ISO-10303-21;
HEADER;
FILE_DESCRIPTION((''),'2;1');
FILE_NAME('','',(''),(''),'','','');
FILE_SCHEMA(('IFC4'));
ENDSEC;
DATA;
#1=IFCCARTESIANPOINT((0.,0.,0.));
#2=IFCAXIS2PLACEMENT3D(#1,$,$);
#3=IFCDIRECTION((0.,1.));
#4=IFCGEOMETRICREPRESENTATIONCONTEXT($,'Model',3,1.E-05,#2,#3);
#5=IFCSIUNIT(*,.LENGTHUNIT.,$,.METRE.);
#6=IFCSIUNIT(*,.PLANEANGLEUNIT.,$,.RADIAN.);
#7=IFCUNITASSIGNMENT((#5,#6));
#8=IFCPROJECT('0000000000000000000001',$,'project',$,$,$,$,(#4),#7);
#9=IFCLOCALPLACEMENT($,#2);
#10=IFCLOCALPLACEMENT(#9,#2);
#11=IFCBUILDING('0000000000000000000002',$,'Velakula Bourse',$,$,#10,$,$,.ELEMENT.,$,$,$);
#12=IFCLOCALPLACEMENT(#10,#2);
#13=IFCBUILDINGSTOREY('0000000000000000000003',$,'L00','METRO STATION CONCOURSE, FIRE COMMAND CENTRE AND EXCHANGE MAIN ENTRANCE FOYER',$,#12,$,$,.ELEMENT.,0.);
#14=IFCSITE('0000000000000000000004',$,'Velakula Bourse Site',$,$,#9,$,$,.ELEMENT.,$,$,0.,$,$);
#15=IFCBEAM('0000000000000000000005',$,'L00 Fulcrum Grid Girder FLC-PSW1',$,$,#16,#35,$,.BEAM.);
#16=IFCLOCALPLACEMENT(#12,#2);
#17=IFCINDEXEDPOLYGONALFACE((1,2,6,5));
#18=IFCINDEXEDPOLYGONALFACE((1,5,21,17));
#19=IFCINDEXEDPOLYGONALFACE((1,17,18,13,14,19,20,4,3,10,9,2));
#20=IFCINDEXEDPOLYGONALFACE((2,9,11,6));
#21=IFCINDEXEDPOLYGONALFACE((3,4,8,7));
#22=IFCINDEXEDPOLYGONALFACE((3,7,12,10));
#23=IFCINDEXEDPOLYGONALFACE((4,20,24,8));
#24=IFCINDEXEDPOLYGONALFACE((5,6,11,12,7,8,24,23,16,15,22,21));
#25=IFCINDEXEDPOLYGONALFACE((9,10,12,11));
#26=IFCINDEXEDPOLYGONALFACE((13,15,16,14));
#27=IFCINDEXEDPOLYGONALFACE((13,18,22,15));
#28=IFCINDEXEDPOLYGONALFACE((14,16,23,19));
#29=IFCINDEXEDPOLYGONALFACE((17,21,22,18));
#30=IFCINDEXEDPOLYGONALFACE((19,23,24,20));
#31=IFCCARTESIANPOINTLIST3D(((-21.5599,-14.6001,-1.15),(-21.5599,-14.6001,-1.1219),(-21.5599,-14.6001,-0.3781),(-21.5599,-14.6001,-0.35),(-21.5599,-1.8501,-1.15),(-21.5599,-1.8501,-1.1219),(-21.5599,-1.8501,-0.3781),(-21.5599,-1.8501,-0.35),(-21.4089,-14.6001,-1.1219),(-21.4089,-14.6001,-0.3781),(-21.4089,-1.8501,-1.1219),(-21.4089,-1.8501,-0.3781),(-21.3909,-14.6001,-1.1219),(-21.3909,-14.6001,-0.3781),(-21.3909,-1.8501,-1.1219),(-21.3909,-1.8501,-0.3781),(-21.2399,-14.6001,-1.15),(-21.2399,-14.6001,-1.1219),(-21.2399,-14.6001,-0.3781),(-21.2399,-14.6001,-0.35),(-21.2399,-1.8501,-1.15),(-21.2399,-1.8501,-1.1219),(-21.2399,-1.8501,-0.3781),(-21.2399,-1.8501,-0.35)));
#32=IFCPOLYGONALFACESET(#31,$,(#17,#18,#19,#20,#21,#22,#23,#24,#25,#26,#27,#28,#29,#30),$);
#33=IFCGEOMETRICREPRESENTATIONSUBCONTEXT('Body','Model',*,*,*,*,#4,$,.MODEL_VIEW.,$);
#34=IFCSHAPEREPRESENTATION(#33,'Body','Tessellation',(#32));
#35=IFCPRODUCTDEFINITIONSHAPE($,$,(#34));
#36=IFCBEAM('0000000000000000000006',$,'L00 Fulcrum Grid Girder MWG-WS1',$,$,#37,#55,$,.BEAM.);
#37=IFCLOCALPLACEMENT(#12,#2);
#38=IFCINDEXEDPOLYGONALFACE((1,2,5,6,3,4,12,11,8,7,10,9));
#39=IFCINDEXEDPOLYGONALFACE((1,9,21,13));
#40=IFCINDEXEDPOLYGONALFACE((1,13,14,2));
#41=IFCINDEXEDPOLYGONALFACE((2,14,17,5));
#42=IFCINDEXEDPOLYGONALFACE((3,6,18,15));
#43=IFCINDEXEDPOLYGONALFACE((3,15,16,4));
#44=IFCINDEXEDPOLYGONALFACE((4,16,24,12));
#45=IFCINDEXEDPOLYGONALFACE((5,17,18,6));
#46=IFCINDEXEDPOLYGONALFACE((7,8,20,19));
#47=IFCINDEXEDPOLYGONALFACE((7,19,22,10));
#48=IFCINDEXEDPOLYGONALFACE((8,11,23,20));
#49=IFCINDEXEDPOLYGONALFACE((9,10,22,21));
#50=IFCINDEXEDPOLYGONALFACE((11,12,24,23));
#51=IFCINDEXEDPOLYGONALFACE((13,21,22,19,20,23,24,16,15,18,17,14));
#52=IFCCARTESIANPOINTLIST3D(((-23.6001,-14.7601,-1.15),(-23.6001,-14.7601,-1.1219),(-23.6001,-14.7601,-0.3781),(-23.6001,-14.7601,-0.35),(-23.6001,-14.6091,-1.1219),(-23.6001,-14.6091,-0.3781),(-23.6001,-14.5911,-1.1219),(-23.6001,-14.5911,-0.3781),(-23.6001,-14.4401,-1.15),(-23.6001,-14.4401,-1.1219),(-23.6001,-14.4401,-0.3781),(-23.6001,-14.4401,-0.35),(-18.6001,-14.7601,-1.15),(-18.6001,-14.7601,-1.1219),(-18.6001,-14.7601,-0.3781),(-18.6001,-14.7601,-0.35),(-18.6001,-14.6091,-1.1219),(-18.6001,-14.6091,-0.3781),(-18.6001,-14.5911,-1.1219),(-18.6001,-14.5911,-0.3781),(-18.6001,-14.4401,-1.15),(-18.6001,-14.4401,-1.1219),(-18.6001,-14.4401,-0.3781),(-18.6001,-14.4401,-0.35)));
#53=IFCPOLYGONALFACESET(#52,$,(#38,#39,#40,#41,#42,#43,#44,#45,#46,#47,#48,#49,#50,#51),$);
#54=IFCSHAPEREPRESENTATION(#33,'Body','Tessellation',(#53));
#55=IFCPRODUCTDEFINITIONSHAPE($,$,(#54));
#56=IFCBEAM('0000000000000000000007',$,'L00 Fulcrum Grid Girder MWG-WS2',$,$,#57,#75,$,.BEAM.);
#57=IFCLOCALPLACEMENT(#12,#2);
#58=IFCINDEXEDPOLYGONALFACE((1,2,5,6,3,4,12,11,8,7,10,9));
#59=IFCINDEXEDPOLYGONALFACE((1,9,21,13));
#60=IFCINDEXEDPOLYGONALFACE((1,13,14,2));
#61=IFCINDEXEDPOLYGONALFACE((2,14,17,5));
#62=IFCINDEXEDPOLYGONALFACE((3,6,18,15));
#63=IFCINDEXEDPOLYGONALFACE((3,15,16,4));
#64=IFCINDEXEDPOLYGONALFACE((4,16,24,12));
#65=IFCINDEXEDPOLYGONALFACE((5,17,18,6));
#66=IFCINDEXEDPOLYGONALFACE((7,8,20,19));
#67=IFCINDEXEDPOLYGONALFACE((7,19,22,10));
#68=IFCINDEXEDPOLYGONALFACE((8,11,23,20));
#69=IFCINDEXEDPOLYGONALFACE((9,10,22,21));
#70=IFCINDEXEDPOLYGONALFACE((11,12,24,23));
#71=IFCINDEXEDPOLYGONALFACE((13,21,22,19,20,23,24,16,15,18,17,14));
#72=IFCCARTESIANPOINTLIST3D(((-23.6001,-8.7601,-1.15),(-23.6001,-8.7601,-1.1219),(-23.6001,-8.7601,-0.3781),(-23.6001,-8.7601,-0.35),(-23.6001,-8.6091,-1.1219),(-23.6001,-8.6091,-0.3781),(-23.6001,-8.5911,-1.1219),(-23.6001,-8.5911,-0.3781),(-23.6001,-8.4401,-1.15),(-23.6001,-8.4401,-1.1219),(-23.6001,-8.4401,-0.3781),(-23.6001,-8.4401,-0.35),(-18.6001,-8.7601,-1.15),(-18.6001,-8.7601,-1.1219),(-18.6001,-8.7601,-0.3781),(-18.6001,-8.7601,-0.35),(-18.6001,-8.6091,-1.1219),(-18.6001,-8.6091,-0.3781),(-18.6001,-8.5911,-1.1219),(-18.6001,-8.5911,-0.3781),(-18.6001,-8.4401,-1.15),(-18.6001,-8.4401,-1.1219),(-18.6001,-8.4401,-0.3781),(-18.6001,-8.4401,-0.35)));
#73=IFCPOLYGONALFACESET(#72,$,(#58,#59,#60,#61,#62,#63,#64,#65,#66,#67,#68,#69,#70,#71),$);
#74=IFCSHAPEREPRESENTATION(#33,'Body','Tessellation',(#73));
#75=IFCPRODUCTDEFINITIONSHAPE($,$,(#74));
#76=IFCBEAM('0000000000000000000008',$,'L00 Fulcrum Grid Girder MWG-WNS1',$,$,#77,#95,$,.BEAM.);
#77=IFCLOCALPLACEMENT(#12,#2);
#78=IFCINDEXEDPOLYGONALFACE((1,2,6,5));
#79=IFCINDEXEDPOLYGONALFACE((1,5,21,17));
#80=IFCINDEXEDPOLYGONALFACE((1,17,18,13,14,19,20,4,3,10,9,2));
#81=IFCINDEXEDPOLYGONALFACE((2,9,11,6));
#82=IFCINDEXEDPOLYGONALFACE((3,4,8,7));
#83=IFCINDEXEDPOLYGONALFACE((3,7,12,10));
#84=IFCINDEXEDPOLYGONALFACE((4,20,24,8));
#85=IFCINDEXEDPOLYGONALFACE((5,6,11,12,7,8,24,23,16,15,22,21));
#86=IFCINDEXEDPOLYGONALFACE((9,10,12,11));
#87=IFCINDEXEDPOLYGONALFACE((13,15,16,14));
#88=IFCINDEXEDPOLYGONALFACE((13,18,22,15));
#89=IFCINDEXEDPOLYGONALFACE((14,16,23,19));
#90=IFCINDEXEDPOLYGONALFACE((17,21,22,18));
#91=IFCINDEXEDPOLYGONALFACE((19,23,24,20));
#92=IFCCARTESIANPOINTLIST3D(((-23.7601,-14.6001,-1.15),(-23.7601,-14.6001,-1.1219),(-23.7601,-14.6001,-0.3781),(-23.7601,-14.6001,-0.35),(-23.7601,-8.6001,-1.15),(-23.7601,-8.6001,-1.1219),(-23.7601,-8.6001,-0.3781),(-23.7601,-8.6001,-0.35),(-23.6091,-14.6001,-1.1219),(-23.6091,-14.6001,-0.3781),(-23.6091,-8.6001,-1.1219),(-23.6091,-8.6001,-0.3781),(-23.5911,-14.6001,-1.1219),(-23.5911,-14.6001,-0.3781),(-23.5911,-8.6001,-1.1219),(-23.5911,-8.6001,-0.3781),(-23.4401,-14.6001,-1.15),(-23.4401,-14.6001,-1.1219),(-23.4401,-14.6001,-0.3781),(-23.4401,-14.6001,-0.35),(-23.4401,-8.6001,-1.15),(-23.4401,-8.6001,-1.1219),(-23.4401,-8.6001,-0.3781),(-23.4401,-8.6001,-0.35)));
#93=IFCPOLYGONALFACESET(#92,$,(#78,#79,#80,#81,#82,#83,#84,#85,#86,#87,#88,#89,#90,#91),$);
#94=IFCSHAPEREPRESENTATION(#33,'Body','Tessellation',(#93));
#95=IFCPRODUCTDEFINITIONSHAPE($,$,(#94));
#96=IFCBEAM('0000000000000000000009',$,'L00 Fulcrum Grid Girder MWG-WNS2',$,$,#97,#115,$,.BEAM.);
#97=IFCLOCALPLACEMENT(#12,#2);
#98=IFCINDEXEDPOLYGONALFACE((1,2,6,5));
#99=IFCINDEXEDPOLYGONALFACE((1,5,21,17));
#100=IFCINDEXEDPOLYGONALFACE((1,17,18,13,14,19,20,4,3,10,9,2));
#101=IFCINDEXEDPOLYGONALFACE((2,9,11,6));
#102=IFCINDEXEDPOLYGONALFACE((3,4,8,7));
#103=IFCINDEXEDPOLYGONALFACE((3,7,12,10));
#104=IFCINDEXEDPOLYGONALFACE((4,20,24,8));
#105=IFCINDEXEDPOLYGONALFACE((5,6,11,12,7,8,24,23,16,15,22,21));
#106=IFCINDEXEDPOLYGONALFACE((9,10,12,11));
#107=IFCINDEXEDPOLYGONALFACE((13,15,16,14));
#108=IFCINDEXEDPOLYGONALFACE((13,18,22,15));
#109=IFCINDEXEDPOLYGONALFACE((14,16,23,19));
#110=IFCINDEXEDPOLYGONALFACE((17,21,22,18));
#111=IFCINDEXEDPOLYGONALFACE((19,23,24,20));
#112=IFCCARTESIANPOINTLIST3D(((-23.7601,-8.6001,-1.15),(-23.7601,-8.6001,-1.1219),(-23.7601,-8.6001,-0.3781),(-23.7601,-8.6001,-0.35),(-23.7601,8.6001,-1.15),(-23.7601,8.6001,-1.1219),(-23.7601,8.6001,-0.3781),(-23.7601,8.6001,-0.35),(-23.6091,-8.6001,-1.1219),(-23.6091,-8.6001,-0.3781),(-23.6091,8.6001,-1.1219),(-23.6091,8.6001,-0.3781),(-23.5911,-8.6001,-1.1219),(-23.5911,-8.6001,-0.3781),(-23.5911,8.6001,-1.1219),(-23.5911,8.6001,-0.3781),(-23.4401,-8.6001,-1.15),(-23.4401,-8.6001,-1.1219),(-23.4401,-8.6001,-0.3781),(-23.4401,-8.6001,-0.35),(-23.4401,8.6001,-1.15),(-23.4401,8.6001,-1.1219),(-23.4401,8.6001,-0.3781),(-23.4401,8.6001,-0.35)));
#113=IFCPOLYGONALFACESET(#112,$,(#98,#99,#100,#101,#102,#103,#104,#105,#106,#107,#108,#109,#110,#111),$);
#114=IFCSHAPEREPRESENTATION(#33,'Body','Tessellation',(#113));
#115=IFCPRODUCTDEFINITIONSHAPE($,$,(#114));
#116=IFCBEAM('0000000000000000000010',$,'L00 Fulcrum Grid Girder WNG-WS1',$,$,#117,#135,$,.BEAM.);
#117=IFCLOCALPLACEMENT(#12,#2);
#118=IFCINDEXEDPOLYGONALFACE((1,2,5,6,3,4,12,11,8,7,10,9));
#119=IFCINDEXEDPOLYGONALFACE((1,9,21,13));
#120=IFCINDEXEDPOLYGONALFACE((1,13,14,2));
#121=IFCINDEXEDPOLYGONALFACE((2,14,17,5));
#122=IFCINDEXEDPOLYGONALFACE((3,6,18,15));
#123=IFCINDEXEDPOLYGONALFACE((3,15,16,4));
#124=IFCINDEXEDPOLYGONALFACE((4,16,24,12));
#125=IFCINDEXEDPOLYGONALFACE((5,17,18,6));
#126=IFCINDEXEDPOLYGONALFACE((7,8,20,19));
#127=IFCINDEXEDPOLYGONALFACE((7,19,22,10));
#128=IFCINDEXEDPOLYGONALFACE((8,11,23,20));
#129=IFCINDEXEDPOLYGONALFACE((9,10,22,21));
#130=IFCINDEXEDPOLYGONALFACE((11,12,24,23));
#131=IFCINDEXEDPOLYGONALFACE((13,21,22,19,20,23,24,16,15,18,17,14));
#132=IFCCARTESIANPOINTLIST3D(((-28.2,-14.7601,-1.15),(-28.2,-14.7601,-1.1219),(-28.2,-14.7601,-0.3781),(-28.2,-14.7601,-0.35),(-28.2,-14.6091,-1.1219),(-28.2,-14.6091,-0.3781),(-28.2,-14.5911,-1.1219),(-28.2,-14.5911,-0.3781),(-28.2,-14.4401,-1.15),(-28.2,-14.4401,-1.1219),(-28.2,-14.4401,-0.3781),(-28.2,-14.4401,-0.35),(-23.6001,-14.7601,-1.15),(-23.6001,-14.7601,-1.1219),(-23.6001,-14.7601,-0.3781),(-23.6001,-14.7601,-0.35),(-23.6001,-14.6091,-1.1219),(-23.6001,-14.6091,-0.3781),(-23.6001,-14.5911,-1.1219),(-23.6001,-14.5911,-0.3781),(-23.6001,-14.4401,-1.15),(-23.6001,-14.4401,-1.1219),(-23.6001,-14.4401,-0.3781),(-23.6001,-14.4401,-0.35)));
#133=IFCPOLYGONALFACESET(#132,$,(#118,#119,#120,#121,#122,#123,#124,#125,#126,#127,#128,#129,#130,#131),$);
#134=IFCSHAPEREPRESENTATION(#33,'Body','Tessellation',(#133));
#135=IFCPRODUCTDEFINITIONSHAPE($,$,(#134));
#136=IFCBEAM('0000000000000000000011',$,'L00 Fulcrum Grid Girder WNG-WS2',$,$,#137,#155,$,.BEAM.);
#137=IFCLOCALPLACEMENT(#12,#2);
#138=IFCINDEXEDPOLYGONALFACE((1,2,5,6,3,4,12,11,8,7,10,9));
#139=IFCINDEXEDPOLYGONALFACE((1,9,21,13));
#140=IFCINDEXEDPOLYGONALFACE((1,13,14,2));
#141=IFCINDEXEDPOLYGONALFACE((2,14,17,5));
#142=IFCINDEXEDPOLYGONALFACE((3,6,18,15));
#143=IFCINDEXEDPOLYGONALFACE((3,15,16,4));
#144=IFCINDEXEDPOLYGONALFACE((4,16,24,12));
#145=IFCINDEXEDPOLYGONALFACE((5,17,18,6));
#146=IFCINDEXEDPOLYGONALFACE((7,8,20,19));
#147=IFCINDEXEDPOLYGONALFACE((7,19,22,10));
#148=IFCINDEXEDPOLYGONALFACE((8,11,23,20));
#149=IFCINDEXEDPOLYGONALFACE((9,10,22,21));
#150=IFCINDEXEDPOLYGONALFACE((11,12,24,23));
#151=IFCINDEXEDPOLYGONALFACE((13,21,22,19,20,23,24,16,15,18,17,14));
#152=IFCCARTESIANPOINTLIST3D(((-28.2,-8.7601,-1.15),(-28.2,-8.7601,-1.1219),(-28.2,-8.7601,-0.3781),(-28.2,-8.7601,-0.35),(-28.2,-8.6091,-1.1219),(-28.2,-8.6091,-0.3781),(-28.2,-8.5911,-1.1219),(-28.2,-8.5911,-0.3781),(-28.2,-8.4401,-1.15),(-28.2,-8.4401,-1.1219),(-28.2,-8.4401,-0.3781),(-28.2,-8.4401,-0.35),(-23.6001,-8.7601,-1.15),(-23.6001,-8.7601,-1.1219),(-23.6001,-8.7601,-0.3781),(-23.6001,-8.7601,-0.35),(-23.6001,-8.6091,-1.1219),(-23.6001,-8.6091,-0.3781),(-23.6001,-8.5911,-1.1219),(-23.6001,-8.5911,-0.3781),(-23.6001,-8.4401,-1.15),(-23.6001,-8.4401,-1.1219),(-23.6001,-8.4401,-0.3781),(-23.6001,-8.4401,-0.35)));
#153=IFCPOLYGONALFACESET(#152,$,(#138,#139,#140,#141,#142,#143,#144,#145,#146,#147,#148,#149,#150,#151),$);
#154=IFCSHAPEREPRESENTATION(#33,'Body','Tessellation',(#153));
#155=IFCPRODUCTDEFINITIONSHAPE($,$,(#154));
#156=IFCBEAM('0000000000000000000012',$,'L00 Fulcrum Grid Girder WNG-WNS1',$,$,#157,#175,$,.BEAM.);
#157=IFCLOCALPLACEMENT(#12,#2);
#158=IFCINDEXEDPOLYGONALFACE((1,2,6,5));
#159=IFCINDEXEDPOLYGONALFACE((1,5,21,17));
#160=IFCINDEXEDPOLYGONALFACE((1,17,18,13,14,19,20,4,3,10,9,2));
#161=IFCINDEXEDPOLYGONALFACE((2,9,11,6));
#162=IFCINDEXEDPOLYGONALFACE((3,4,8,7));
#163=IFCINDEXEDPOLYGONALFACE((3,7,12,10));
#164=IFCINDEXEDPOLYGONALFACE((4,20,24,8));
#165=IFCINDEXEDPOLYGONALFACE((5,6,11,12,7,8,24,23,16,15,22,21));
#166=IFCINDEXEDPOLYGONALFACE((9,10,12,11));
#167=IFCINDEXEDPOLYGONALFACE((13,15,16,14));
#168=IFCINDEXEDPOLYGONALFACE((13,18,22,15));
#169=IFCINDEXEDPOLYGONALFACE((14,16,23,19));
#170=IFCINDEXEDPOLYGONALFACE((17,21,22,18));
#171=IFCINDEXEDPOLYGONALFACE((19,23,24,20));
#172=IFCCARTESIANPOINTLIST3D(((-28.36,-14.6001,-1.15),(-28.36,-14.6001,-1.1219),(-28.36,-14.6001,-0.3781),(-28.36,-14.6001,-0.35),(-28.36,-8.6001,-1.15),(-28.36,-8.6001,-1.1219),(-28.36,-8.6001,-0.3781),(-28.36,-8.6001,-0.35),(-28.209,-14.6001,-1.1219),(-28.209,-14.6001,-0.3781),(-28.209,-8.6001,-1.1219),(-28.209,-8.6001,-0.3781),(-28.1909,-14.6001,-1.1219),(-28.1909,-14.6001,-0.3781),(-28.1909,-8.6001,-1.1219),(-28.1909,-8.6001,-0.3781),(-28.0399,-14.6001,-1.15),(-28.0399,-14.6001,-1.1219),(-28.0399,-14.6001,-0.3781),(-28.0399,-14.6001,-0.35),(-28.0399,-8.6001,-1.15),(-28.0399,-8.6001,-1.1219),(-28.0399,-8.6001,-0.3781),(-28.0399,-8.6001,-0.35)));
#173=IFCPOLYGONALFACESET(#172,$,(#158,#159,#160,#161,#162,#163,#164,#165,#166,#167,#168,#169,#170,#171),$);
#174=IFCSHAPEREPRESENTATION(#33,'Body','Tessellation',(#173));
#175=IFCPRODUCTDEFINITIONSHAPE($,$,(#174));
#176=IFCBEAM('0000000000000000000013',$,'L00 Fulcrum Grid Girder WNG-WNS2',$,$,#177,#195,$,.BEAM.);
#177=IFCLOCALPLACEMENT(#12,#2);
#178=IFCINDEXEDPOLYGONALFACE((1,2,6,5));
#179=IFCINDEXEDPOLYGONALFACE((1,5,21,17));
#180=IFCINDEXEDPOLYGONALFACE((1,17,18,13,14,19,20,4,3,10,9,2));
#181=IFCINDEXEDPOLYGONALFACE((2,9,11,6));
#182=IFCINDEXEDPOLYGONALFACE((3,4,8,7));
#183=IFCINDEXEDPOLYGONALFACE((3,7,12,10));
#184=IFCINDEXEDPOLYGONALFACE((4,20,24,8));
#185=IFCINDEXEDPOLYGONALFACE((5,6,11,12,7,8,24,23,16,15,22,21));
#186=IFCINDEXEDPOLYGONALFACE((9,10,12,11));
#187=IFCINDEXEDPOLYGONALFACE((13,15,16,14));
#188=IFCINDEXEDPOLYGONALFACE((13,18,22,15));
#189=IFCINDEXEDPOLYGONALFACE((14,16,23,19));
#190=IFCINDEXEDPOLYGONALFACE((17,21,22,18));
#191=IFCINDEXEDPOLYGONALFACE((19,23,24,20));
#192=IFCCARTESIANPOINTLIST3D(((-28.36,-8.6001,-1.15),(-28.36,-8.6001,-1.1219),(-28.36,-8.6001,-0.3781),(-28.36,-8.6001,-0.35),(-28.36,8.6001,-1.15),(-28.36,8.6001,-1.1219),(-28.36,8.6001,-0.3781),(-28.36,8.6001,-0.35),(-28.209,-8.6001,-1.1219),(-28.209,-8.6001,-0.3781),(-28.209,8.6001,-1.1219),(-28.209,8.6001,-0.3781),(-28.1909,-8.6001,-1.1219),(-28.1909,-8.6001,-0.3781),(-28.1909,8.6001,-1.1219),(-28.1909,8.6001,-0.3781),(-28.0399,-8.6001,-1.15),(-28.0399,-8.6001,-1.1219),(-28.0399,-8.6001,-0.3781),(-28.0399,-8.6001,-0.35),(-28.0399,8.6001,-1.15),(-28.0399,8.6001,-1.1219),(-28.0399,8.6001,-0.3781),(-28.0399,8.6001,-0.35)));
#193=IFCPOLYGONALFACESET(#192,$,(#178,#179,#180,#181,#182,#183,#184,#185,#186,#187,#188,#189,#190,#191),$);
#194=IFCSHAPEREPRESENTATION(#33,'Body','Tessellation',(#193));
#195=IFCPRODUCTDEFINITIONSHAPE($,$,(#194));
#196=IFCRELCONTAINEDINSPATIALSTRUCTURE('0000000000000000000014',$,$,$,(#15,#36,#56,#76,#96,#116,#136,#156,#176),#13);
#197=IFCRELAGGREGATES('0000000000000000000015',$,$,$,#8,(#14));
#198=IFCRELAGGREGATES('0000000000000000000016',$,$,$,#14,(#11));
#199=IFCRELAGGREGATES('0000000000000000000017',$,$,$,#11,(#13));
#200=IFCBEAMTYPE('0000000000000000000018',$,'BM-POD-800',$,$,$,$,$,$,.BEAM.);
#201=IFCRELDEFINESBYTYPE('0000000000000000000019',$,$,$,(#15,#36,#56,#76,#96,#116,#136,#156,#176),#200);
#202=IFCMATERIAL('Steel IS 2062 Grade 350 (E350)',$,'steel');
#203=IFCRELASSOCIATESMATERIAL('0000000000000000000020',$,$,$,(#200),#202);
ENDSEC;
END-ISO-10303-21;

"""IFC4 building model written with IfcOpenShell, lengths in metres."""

from ifc_helpers import new_model, si_unit, direction, frame, origin, origin_2d, place, context, subcontext, project, spatial, i_section, extrude, material, material_profile, profile_set, type_object, element, save


model = new_model("IFC4")

# Units and contexts
model_context = context("Model", 3, precision=1e-05, world=origin(), true_north=direction((0.0, 1.0)))
body_context = subcontext(model_context, "Body", "Model", "MODEL_VIEW")
ifc_project = project(units=[si_unit("LENGTHUNIT", "METRE"), si_unit("PLANEANGLEUNIT", "RADIAN")], contexts=[model_context])

# Site, building, storey
site_placement = place(None, origin())
site = spatial("IfcSite", under=ifc_project, at=site_placement, Name="Velakula Bourse Site", CompositionType="ELEMENT", RefElevation=0.0)
building_placement = place(site_placement, origin())
building = spatial("IfcBuilding", under=site, at=building_placement, Name="Velakula Bourse", CompositionType="ELEMENT")
storey_placement = place(building_placement, origin())
storey = spatial("IfcBuildingStorey", under=building, at=storey_placement, Name="L00", Description="METRO STATION CONCOURSE, FIRE COMMAND CENTRE AND EXCHANGE MAIN ENTRANCE FOYER", CompositionType="ELEMENT", Elevation=0.0)

# Beams
ifc_material_1 = material(Name="Steel IS 2062 Grade 350 (E350)", Category="steel")
ifc_material_profile_1 = material_profile(ifc_material_1, i_section(OverallWidth=0.3201, OverallDepth=0.8, WebThickness=0.0181, FlangeThickness=0.0281, at=origin_2d()), Name="Steel IS 2062 Grade 350 (E350)")
ifc_profile_set_1 = profile_set([ifc_material_profile_1], Name="Steel IS 2062 Grade 350 (E350)")
beam_type_1 = type_object("IfcBeamType", Name="BM-POD-800", PredefinedType="BEAM", material=ifc_profile_set_1)
beam_1_placement = place(storey_placement, frame((-21.3999, -14.6001, -0.75), z_axis=(0.0, 1.0, 0.0), x_axis=(-1.0, 0.0, 0.0)))
element("IfcBeam", 1, at=beam_1_placement, inside=storey, type_object=beam_type_1, Name="L00 Fulcrum Grid Girder FLC-PSW1", PredefinedType="BEAM", context=body_context, shape_type="SweptSolid", body=[
    extrude(i_section(OverallWidth=0.3201, OverallDepth=0.8, WebThickness=0.0181, FlangeThickness=0.0281, at=origin_2d()), origin(), (0.0, 0.0, 1.0), 12.75),
])
for number, where, z_axis, x_axis, name in (
    (2, (-23.6001, -14.6001, -0.75), (1.0, 0.0, 0.0), (0.0, 1.0, 0.0), "L00 Fulcrum Grid Girder MWG-WS1"),
    (3, (-23.6001, -8.6001, -0.75), (1.0, 0.0, 0.0), (0.0, 1.0, 0.0), "L00 Fulcrum Grid Girder MWG-WS2"),
):
    element("IfcBeam", number, at=place(storey_placement, frame(where, z_axis=z_axis, x_axis=x_axis)), inside=storey, type_object=beam_type_1, Name=name, PredefinedType="BEAM", context=body_context, shape_type="SweptSolid", body=[
        extrude(i_section(OverallWidth=0.3201, OverallDepth=0.8, WebThickness=0.0181, FlangeThickness=0.0281, at=origin_2d()), origin(), (0.0, 0.0, 1.0), 5.0),
    ])
beam_2_placement = place(storey_placement, frame((-23.6001, -14.6001, -0.75), z_axis=(0.0, 1.0, 0.0), x_axis=(-1.0, 0.0, 0.0)))
element("IfcBeam", 4, at=beam_2_placement, inside=storey, type_object=beam_type_1, Name="L00 Fulcrum Grid Girder MWG-WNS1", PredefinedType="BEAM", context=body_context, shape_type="SweptSolid", body=[
    extrude(i_section(OverallWidth=0.3201, OverallDepth=0.8, WebThickness=0.0181, FlangeThickness=0.0281, at=origin_2d()), origin(), (0.0, 0.0, 1.0), 6.0),
])
beam_3_placement = place(storey_placement, frame((-23.6001, -8.6001, -0.75), z_axis=(0.0, 1.0, 0.0), x_axis=(-1.0, 0.0, 0.0)))
element("IfcBeam", 5, at=beam_3_placement, inside=storey, type_object=beam_type_1, Name="L00 Fulcrum Grid Girder MWG-WNS2", PredefinedType="BEAM", context=body_context, shape_type="SweptSolid", body=[
    extrude(i_section(OverallWidth=0.3201, OverallDepth=0.8, WebThickness=0.0181, FlangeThickness=0.0281, at=origin_2d()), origin(), (0.0, 0.0, 1.0), 17.2002),
])
for number, where, z_axis, x_axis, name in (
    (6, (-28.2, -14.6001, -0.75), (1.0, 0.0, 0.0), (0.0, 1.0, 0.0), "L00 Fulcrum Grid Girder WNG-WS1"),
    (7, (-28.2, -8.6001, -0.75), (1.0, 0.0, 0.0), (0.0, 1.0, 0.0), "L00 Fulcrum Grid Girder WNG-WS2"),
):
    element("IfcBeam", number, at=place(storey_placement, frame(where, z_axis=z_axis, x_axis=x_axis)), inside=storey, type_object=beam_type_1, Name=name, PredefinedType="BEAM", context=body_context, shape_type="SweptSolid", body=[
        extrude(i_section(OverallWidth=0.3201, OverallDepth=0.8, WebThickness=0.0181, FlangeThickness=0.0281, at=origin_2d()), origin(), (0.0, 0.0, 1.0), 4.5999),
    ])
beam_4_placement = place(storey_placement, frame((-28.2, -14.6001, -0.75), z_axis=(0.0, 1.0, 0.0), x_axis=(-1.0, 0.0, 0.0)))
element("IfcBeam", 8, at=beam_4_placement, inside=storey, type_object=beam_type_1, Name="L00 Fulcrum Grid Girder WNG-WNS1", PredefinedType="BEAM", context=body_context, shape_type="SweptSolid", body=[
    extrude(i_section(OverallWidth=0.3201, OverallDepth=0.8, WebThickness=0.0181, FlangeThickness=0.0281, at=origin_2d()), origin(), (0.0, 0.0, 1.0), 6.0),
])
beam_5_placement = place(storey_placement, frame((-28.2, -8.6001, -0.75), z_axis=(0.0, 1.0, 0.0), x_axis=(-1.0, 0.0, 0.0)))
element("IfcBeam", 9, at=beam_5_placement, inside=storey, type_object=beam_type_1, Name="L00 Fulcrum Grid Girder WNG-WNS2", PredefinedType="BEAM", context=body_context, shape_type="SweptSolid", body=[
    extrude(i_section(OverallWidth=0.3201, OverallDepth=0.8, WebThickness=0.0181, FlangeThickness=0.0281, at=origin_2d()), origin(), (0.0, 0.0, 1.0), 17.2002),
])

save(model, "model.ifc")
